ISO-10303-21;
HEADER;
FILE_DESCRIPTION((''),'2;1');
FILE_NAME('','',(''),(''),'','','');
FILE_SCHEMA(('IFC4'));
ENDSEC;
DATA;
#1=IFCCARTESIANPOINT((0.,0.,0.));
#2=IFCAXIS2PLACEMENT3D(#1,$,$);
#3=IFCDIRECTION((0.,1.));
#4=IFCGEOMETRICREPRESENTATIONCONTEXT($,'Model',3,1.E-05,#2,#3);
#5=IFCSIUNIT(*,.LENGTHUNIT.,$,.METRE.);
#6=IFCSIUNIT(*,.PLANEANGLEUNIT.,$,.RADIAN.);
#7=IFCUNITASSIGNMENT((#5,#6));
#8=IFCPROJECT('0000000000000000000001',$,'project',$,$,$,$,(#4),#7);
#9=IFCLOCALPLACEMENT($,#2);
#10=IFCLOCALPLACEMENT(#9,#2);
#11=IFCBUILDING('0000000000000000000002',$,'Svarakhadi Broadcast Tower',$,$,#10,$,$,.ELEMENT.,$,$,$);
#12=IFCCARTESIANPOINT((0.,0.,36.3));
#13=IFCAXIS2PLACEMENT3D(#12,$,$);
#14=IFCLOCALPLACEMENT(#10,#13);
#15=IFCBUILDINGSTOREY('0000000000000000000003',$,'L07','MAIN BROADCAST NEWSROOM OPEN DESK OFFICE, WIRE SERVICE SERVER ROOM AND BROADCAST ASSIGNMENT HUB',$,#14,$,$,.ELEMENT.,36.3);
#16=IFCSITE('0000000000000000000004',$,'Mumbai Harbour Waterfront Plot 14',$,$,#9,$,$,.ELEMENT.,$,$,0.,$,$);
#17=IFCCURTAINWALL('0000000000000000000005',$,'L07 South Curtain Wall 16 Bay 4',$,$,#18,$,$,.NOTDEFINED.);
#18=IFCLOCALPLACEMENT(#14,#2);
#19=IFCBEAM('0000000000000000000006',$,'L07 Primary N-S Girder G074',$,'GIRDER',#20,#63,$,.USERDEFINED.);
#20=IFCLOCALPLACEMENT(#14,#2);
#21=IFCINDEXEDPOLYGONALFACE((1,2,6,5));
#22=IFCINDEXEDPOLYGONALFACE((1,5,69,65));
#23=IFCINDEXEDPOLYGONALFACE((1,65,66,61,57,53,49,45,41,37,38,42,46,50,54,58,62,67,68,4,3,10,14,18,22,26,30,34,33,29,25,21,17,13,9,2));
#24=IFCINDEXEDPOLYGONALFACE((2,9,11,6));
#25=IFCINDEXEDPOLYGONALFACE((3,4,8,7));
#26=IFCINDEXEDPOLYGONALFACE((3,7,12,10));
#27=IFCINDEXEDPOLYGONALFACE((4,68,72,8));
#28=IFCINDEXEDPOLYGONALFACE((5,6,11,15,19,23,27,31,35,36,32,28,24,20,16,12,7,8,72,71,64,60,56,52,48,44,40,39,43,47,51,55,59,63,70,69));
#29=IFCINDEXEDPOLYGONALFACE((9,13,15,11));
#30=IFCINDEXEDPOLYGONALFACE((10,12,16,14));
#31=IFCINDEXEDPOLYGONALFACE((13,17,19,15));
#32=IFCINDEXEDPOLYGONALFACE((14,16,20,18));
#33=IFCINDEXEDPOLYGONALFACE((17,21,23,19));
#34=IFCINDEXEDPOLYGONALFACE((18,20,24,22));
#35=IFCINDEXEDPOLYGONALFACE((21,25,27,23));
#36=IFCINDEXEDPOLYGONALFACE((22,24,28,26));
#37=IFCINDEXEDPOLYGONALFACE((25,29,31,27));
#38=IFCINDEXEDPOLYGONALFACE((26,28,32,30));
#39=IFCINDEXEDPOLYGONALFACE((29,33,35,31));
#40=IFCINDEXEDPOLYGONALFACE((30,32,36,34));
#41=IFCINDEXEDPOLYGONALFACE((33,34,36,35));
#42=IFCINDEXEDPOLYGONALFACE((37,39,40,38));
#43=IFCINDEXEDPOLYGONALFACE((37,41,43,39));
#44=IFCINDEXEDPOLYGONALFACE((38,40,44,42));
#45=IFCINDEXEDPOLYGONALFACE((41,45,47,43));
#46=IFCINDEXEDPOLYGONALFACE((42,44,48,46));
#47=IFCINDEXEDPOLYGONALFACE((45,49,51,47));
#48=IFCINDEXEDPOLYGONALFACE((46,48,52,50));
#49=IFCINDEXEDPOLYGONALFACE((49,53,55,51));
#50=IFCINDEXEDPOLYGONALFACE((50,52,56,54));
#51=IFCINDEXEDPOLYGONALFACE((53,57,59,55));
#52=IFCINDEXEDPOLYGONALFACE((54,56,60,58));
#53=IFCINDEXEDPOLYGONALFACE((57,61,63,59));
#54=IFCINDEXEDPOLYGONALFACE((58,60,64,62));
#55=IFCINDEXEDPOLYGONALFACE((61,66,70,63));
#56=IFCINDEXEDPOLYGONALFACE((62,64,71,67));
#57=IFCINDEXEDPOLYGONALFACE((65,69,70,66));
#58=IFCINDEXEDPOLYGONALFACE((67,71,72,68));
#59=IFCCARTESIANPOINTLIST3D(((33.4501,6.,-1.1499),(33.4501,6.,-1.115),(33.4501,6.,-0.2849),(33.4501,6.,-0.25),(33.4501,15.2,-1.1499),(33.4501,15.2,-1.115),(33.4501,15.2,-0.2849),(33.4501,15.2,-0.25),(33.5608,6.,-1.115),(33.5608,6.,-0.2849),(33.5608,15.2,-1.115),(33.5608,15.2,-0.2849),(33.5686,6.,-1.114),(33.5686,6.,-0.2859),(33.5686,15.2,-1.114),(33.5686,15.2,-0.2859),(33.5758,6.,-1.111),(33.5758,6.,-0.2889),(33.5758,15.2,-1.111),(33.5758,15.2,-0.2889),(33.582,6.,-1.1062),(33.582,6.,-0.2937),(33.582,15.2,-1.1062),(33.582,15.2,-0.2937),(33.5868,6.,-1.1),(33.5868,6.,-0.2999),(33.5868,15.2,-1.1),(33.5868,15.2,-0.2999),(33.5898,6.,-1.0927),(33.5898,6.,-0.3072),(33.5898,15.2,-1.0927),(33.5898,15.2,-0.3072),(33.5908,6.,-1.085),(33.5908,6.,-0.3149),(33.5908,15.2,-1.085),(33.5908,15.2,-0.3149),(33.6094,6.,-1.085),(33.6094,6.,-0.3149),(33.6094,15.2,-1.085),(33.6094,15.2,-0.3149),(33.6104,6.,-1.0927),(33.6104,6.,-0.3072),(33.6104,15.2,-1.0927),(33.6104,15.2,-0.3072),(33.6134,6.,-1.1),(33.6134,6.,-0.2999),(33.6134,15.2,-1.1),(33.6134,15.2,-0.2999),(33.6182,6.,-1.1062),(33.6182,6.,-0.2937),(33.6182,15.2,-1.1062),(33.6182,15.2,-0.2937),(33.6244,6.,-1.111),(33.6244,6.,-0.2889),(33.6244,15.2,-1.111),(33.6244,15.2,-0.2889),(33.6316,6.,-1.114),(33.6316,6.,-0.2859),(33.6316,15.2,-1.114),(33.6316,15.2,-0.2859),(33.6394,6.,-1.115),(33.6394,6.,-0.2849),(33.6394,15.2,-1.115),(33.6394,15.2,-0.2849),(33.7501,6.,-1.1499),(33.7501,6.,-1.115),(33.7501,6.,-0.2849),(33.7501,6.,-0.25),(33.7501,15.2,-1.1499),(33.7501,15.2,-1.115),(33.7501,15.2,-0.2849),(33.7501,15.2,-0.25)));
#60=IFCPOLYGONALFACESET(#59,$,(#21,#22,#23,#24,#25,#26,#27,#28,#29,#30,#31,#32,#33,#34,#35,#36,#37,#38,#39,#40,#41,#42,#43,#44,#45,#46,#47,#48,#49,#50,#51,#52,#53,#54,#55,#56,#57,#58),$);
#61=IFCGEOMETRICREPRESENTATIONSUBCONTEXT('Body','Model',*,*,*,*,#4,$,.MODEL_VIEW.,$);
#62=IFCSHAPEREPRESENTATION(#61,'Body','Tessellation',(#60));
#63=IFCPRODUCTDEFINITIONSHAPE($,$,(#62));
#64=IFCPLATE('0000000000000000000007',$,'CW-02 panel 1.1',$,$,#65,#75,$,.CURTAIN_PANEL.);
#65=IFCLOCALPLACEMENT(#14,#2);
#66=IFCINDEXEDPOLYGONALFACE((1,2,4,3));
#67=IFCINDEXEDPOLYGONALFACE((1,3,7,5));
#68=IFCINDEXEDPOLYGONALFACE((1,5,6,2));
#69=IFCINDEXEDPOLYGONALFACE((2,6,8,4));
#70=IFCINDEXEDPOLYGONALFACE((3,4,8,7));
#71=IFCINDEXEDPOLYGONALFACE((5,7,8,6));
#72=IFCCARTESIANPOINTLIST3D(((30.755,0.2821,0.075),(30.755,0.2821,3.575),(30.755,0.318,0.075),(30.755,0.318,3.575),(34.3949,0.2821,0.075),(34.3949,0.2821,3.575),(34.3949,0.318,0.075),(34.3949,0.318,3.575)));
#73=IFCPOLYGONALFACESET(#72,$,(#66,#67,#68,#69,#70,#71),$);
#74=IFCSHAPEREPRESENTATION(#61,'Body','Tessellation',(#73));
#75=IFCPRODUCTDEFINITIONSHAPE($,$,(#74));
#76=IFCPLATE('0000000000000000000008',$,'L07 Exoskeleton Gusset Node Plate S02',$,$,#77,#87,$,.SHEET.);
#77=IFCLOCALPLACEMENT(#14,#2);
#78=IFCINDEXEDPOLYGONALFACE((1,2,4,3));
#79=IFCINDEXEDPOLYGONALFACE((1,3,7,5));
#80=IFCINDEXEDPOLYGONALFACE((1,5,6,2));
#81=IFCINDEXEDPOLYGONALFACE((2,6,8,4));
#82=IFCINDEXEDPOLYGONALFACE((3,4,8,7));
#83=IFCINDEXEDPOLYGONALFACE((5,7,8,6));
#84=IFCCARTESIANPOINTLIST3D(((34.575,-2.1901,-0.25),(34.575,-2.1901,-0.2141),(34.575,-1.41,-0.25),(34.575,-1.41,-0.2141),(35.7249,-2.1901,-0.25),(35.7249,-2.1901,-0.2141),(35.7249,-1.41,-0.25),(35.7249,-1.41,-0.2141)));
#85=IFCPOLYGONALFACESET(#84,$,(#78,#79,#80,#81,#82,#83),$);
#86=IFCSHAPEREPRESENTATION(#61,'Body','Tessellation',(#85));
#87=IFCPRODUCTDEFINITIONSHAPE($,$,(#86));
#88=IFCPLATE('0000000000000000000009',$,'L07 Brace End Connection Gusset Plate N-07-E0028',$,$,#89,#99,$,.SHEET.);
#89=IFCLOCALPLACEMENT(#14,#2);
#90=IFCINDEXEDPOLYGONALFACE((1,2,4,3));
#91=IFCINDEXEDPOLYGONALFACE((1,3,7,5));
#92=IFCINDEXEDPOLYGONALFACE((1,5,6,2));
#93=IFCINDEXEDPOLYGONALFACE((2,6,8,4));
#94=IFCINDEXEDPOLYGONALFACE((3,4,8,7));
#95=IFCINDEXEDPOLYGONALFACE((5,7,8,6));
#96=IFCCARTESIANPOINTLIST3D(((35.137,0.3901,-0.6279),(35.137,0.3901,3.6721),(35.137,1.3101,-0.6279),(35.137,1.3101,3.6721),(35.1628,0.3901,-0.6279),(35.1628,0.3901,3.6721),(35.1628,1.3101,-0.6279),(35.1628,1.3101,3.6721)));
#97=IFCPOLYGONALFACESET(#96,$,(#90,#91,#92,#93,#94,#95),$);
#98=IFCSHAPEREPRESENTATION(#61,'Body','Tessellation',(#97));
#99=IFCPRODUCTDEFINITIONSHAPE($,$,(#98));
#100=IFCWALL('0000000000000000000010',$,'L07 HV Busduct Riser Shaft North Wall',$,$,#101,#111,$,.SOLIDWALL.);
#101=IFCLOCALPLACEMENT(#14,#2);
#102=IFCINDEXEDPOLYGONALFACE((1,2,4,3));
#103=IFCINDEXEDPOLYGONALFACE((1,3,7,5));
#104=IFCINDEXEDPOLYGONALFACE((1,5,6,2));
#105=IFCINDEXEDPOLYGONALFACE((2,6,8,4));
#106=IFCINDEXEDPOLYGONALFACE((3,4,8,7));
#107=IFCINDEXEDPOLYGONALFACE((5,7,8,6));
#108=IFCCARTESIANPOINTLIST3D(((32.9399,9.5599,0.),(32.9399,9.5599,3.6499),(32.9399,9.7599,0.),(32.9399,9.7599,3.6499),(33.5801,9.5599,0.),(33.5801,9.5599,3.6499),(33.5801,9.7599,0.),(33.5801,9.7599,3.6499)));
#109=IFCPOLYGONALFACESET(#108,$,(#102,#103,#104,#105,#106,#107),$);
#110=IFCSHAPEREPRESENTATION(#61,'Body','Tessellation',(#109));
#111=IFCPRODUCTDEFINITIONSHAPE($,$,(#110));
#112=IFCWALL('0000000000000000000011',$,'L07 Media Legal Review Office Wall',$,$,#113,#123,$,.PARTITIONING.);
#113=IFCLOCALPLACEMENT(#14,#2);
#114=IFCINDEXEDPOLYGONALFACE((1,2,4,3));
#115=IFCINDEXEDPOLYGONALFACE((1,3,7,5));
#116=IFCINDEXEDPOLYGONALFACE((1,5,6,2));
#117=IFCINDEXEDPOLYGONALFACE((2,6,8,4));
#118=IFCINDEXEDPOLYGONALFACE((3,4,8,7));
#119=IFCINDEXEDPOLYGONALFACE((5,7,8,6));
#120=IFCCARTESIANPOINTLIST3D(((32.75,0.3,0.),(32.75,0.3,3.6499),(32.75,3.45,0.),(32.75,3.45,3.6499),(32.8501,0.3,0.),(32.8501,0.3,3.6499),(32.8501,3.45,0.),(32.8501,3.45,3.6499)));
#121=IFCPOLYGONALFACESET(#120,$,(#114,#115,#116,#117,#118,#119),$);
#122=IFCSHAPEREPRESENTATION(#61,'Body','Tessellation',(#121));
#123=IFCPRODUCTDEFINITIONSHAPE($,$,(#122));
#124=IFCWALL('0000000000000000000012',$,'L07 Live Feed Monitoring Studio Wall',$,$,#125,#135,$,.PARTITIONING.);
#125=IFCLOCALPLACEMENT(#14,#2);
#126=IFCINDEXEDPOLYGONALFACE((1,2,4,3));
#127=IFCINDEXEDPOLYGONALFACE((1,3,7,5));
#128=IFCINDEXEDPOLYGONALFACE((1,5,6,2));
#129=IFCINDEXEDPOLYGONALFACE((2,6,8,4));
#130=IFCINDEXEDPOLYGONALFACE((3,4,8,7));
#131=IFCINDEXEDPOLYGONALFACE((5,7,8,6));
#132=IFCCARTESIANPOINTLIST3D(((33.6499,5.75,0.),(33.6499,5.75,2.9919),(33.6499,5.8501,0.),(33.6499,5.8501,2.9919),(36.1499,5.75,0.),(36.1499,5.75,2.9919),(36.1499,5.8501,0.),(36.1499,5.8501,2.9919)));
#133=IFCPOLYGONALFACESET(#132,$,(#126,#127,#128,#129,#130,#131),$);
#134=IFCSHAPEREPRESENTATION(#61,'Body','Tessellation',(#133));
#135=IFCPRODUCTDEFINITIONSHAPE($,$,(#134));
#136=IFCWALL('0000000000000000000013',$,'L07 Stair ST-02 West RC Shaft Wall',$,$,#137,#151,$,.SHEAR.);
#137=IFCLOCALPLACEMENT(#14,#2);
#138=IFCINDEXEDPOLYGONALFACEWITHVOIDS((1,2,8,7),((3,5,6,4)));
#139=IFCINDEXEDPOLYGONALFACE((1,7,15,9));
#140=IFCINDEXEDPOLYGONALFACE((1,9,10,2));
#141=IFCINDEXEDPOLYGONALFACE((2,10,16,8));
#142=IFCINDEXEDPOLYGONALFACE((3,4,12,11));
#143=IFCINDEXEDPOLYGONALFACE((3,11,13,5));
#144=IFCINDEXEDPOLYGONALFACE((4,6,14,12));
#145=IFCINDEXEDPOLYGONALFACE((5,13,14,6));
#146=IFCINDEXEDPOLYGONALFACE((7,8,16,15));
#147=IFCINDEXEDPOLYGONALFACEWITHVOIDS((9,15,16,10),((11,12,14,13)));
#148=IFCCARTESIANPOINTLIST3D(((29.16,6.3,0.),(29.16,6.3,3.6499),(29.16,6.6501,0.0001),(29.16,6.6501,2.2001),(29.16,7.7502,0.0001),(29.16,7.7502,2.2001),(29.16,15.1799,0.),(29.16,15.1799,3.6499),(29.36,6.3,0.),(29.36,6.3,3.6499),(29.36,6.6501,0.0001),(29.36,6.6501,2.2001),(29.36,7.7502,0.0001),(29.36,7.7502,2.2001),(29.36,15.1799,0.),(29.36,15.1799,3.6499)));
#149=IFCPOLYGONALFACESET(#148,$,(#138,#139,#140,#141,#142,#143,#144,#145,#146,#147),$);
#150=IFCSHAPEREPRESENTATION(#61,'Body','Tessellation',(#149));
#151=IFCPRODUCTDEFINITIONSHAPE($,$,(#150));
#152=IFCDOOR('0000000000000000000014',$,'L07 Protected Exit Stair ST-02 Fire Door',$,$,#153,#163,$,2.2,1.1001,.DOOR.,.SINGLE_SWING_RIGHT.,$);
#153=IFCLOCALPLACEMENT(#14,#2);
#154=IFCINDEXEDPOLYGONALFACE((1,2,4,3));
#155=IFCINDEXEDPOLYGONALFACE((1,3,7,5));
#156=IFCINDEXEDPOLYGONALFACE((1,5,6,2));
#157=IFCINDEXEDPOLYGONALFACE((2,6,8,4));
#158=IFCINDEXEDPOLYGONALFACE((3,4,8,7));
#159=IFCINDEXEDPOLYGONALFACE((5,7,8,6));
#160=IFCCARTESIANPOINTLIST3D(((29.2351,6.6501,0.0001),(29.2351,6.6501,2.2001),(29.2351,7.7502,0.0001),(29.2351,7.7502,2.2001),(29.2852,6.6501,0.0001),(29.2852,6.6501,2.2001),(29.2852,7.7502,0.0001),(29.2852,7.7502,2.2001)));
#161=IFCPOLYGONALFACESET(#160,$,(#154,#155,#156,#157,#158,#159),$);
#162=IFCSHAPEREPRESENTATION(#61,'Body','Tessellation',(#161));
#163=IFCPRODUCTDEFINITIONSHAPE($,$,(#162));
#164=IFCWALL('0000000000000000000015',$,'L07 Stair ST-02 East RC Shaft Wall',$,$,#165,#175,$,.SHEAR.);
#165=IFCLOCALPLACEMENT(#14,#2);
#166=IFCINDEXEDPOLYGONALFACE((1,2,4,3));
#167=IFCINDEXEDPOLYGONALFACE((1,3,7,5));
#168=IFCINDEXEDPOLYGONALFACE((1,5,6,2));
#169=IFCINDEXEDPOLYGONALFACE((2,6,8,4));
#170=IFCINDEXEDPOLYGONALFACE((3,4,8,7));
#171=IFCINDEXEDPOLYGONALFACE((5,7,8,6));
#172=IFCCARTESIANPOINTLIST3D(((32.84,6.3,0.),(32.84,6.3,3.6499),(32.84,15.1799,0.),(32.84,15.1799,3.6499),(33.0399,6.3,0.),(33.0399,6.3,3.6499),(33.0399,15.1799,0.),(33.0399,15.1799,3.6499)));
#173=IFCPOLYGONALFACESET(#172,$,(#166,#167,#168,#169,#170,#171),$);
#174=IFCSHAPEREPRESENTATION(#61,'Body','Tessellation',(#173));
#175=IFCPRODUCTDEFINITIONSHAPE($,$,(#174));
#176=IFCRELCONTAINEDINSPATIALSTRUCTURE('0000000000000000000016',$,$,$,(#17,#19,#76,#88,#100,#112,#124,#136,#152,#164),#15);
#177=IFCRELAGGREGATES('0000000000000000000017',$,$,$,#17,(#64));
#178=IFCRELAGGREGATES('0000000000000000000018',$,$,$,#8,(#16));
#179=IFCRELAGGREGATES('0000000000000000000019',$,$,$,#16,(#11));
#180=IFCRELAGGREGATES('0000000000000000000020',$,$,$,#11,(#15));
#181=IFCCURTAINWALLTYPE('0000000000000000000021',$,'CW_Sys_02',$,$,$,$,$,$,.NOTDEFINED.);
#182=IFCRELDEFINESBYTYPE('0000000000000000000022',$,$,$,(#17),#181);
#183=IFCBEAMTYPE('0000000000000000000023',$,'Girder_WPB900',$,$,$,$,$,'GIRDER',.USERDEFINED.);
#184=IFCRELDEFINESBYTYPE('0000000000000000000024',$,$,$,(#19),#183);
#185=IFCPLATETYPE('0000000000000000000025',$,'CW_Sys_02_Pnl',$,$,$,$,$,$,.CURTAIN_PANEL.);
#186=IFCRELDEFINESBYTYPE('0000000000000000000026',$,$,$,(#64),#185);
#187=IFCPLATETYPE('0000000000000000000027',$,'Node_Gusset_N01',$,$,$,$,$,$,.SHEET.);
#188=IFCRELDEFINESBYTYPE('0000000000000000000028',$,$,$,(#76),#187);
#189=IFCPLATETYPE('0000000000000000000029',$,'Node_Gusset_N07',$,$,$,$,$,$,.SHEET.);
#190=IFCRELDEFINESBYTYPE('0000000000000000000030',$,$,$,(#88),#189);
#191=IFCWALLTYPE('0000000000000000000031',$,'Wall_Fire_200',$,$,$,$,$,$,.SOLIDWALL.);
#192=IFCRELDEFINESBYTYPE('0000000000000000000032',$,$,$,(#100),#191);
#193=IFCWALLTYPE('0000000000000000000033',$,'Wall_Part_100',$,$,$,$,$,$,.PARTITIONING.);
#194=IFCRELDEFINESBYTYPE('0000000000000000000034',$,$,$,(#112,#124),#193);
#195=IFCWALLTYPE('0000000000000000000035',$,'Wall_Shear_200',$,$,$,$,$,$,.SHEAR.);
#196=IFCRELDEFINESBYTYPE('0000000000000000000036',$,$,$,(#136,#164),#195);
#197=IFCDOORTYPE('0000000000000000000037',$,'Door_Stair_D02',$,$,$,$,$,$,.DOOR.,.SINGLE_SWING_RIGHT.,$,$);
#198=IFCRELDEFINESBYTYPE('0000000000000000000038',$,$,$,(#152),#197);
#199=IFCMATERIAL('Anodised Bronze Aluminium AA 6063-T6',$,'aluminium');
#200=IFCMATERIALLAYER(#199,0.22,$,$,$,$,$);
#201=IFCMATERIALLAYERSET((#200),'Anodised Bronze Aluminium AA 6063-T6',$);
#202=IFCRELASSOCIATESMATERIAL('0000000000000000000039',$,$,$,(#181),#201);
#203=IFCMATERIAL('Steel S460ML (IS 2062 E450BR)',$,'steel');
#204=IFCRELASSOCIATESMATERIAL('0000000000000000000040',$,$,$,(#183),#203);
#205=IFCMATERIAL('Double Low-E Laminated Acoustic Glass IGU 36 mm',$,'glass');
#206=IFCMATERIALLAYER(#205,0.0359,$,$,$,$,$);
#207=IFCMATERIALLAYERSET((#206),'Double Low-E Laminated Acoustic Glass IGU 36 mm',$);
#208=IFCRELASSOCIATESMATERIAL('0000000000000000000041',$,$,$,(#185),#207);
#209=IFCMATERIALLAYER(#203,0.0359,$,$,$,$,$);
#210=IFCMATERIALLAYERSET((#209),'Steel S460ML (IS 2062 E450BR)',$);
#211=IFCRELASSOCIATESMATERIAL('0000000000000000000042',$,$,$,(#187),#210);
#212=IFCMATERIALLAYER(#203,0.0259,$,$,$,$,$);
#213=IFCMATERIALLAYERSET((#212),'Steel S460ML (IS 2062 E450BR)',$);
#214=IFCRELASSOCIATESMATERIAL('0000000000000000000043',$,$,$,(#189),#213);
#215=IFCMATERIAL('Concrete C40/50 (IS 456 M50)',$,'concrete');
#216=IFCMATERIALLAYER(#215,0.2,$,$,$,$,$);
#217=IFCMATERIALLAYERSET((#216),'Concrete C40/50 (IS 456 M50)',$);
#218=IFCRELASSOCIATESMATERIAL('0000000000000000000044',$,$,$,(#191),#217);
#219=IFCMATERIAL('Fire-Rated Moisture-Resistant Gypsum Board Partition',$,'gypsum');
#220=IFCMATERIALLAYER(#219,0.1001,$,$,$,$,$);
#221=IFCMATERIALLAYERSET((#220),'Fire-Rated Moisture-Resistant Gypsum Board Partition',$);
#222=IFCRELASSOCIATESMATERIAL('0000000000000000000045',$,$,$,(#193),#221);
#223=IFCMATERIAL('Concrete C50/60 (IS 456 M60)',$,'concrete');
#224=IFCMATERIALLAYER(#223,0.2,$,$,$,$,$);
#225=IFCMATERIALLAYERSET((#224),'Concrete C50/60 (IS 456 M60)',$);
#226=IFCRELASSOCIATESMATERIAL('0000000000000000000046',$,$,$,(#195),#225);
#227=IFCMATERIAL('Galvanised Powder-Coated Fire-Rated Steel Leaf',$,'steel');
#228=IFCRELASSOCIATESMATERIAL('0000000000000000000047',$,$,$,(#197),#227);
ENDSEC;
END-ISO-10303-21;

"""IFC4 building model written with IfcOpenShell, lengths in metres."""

from ifc_helpers import new_model, si_unit, direction, frame, frame_2d, origin, origin_2d, place, context, subcontext, project, spatial, rectangle, i_section, extrude, material, layer, layer_set, material_profile, profile_set, type_object, element, fill, aggregate, save


model = new_model("IFC4")

# Units and contexts
model_context = context("Model", 3, precision=1e-05, world=origin(), true_north=direction((0.0, 1.0)))
body_context = subcontext(model_context, "Body", "Model", "MODEL_VIEW")
ifc_project = project(units=[si_unit("LENGTHUNIT", "METRE"), si_unit("PLANEANGLEUNIT", "RADIAN")], contexts=[model_context])

# Site, building, storey
site_placement = place(None, origin())
site = spatial("IfcSite", under=ifc_project, at=site_placement, Name="Mumbai Harbour Waterfront Plot 14", CompositionType="ELEMENT", RefElevation=0.0)
building_placement = place(site_placement, origin())
building = spatial("IfcBuilding", under=site, at=building_placement, Name="Svarakhadi Broadcast Tower", CompositionType="ELEMENT")
storey_placement = place(building_placement, frame((0.0, 0.0, 36.3)))
storey = spatial("IfcBuildingStorey", under=building, at=storey_placement, Name="L07", Description="MAIN BROADCAST NEWSROOM OPEN DESK OFFICE, WIRE SERVICE SERVER ROOM AND BROADCAST ASSIGNMENT HUB", CompositionType="ELEMENT", Elevation=36.3)

# Curtain wall
ifc_material_1 = material(Name="Anodised Bronze Aluminium AA 6063-T6", Category="aluminium")
ifc_layer_1 = layer(ifc_material_1, 0.22)
ifc_layer_set_1 = layer_set([ifc_layer_1], Name="Anodised Bronze Aluminium AA 6063-T6")
curtain_wall_type = type_object("IfcCurtainWallType", Name="CW_Sys_02", PredefinedType="NOTDEFINED", material=ifc_layer_set_1)
curtain_wall_1_placement = place(storey_placement, origin())
curtain_wall_1 = element("IfcCurtainWall", 1, at=curtain_wall_1_placement, inside=storey, type_object=curtain_wall_type, Name="L07 South Curtain Wall 16 Bay 4", PredefinedType="NOTDEFINED")

# Shared definitions
ifc_material_2 = material(Name="Concrete C50/60 (IS 456 M60)", Category="concrete")

# Shared definitions
ifc_material_3 = material(Name="Steel S460ML (IS 2062 E450BR)", Category="steel")

# Beam
ifc_material_profile_1 = material_profile(ifc_material_3, i_section(OverallWidth=0.3, OverallDepth=0.8999, WebThickness=0.0186, FlangeThickness=0.0349, FilletRadius=0.03, at=origin_2d()), Name="WPB 900x300x291")
ifc_profile_set_1 = profile_set([ifc_material_profile_1], Name="Steel S460ML (IS 2062 E450BR)")
beam_type_1 = type_object("IfcBeamType", Name="Girder_WPB900", ElementType="GIRDER", PredefinedType="USERDEFINED", material=ifc_profile_set_1)
beam_1_placement = place(storey_placement, frame((33.6001, 6.0, -0.7), z_axis=(0.0, 1.0, 0.0), x_axis=(-1.0, 0.0, 0.0)))
element("IfcBeam", 2, at=beam_1_placement, inside=storey, type_object=beam_type_1, Name="L07 Primary N-S Girder G074", ObjectType="GIRDER", PredefinedType="USERDEFINED", context=body_context, shape_type="SweptSolid", body=[
    extrude(i_section(OverallWidth=0.3, OverallDepth=0.8999, WebThickness=0.0186, FlangeThickness=0.0349, FilletRadius=0.03, at=origin_2d()), origin(), (0.0, 0.0, 1.0), 9.2),
])

# Plate
ifc_material_4 = material(Name="Double Low-E Laminated Acoustic Glass IGU 36 mm", Category="glass")
ifc_layer_2 = layer(ifc_material_4, 0.0359)
ifc_layer_set_2 = layer_set([ifc_layer_2], Name="Double Low-E Laminated Acoustic Glass IGU 36 mm")
plate_type_1 = type_object("IfcPlateType", Name="CW_Sys_02_Pnl", PredefinedType="CURTAIN_PANEL", material=ifc_layer_set_2)
plate_1_placement = place(storey_placement, frame((32.575, 0.3, 0.075), z_axis=(0.0, 0.0, 1.0), x_axis=(-1.0, 0.0, 0.0)))
plate_1 = element("IfcPlate", 3, at=plate_1_placement, type_object=plate_type_1, Name="CW-02 panel 1.1", PredefinedType="CURTAIN_PANEL", context=body_context, shape_type="SweptSolid", body=[
    extrude(rectangle(XDim=3.6399, YDim=0.0359, at=origin_2d()), origin(), (0.0, 0.0, 1.0), 3.5),
])
aggregate(curtain_wall_1, [plate_1])

# Plates
ifc_layer_3 = layer(ifc_material_3, 0.0359)
ifc_layer_set_3 = layer_set([ifc_layer_3], Name="Steel S460ML (IS 2062 E450BR)")
plate_type_2 = type_object("IfcPlateType", Name="Node_Gusset_N01", PredefinedType="SHEET", material=ifc_layer_set_3)
plate_2_placement = place(storey_placement, frame((35.1499, -1.8, -0.25), z_axis=(0.0, 0.0, 1.0), x_axis=(1.0, 0.0, 0.0)))
element("IfcPlate", 4, at=plate_2_placement, inside=storey, type_object=plate_type_2, Name="L07 Exoskeleton Gusset Node Plate S02", PredefinedType="SHEET", context=body_context, shape_type="SweptSolid", body=[
    extrude(rectangle(XDim=1.1499, YDim=0.78, at=origin_2d()), origin(), (0.0, 0.0, 1.0), 0.0359),
])
ifc_layer_4 = layer(ifc_material_3, 0.0259)
ifc_layer_set_4 = layer_set([ifc_layer_4], Name="Steel S460ML (IS 2062 E450BR)")
plate_type_3 = type_object("IfcPlateType", Name="Node_Gusset_N07", PredefinedType="SHEET", material=ifc_layer_set_4)
plate_3_placement = place(storey_placement, frame((35.1499, 0.8501, -0.6279), z_axis=(0.0, 0.0, 1.0), x_axis=(0.0, 1.0, 0.0)))
element("IfcPlate", 5, at=plate_3_placement, inside=storey, type_object=plate_type_3, Name="L07 Brace End Connection Gusset Plate N-07-E0028", PredefinedType="SHEET", context=body_context, shape_type="SweptSolid", body=[
    extrude(rectangle(XDim=0.9199, YDim=0.0259, at=origin_2d()), origin(), (0.0, 0.0, 1.0), 4.3),
])

# Walls
ifc_material_5 = material(Name="Concrete C40/50 (IS 456 M50)", Category="concrete")
ifc_layer_5 = layer(ifc_material_5, 0.2)
ifc_layer_set_5 = layer_set([ifc_layer_5], Name="Concrete C40/50 (IS 456 M50)")
wall_type_1 = type_object("IfcWallType", Name="Wall_Fire_200", PredefinedType="SOLIDWALL", material=ifc_layer_set_5)
wall_1_placement = place(storey_placement, frame((32.9399, 9.6599, 0.0), z_axis=(0.0, 0.0, 1.0), x_axis=(1.0, 0.0, 0.0)))
element("IfcWall", 6, at=wall_1_placement, inside=storey, type_object=wall_type_1, Name="L07 HV Busduct Riser Shaft North Wall", PredefinedType="SOLIDWALL", context=body_context, shape_type="SweptSolid", body=[
    extrude(rectangle(XDim=0.6401, YDim=0.2, at=frame_2d((0.3201, 0.0))), origin(), (0.0, 0.0, 1.0), 3.6499),
])
ifc_material_6 = material(Name="Fire-Rated Moisture-Resistant Gypsum Board Partition", Category="gypsum")
ifc_layer_6 = layer(ifc_material_6, 0.1001)
ifc_layer_set_6 = layer_set([ifc_layer_6], Name="Fire-Rated Moisture-Resistant Gypsum Board Partition")
wall_type_2 = type_object("IfcWallType", Name="Wall_Part_100", PredefinedType="PARTITIONING", material=ifc_layer_set_6)
wall_2_placement = place(storey_placement, frame((32.8, 0.3, 0.0), z_axis=(0.0, 0.0, 1.0), x_axis=(0.0, 1.0, 0.0)))
element("IfcWall", 7, at=wall_2_placement, inside=storey, type_object=wall_type_2, Name="L07 Media Legal Review Office Wall", PredefinedType="PARTITIONING", context=body_context, shape_type="SweptSolid", body=[
    extrude(rectangle(XDim=3.1499, YDim=0.1001, at=frame_2d((1.575, 0.0))), origin(), (0.0, 0.0, 1.0), 3.6499),
])
wall_3_placement = place(storey_placement, frame((33.6499, 5.8, 0.0), z_axis=(0.0, 0.0, 1.0), x_axis=(1.0, 0.0, 0.0)))
element("IfcWall", 8, at=wall_3_placement, inside=storey, type_object=wall_type_2, Name="L07 Live Feed Monitoring Studio Wall", PredefinedType="PARTITIONING", context=body_context, shape_type="SweptSolid", body=[
    extrude(rectangle(XDim=2.5, YDim=0.1001, at=frame_2d((1.25, 0.0))), origin(), (0.0, 0.0, 1.0), 2.9919),
])

# Wall, opening, door
ifc_layer_7 = layer(ifc_material_2, 0.2)
ifc_layer_set_7 = layer_set([ifc_layer_7], Name="Concrete C50/60 (IS 456 M60)")
wall_type_3 = type_object("IfcWallType", Name="Wall_Shear_200", PredefinedType="SHEAR", material=ifc_layer_set_7)
wall_4_placement = place(storey_placement, frame((29.26, 6.3, 0.0), z_axis=(0.0, 0.0, 1.0), x_axis=(0.0, 1.0, 0.0)))
wall_4 = element("IfcWall", 9, at=wall_4_placement, inside=storey, type_object=wall_type_3, Name="L07 Stair ST-02 West RC Shaft Wall", PredefinedType="SHEAR", context=body_context, shape_type="SweptSolid", body=[
    extrude(rectangle(XDim=8.8799, YDim=0.2, at=frame_2d((4.4399, 0.0))), origin(), (0.0, 0.0, 1.0), 3.6499),
])
opening_1_placement = place(wall_4_placement, frame((0.3501, 0.0, 0.0)))
opening_1 = element("IfcOpeningElement", 10, at=opening_1_placement, cuts=wall_4, PredefinedType="OPENING", context=body_context, shape_type="SweptSolid", body=[
    extrude(rectangle(XDim=1.1001, YDim=2.2, at=frame_2d((0.55, 1.1001))), frame((0.0, 0.1099, 0.0), z_axis=(0.0, -1.0, 0.0), x_axis=(1.0, 0.0, 0.0)), (0.0, 0.0, 1.0), 0.22),
])
ifc_material_7 = material(Name="Galvanised Powder-Coated Fire-Rated Steel Leaf", Category="steel")
door_type_1 = type_object("IfcDoorType", Name="Door_Stair_D02", OperationType="SINGLE_SWING_RIGHT", PredefinedType="DOOR", material=ifc_material_7)
door_1_placement = place(opening_1_placement, origin())
door_1 = element("IfcDoor", 11, at=door_1_placement, inside=storey, type_object=door_type_1, Name="L07 Protected Exit Stair ST-02 Fire Door", OperationType="SINGLE_SWING_RIGHT", OverallHeight=2.2, OverallWidth=1.1001, PredefinedType="DOOR", context=body_context, shape_type="SweptSolid", body=[
    extrude(rectangle(XDim=1.1001, YDim=2.2, at=frame_2d((0.55, 1.1001))), frame((0.0, 0.0249, 0.0), z_axis=(0.0, -1.0, 0.0), x_axis=(1.0, 0.0, 0.0)), (0.0, 0.0, 1.0), 0.05),
])
fill(opening_1, door_1)

# Wall
wall_5_placement = place(storey_placement, frame((32.9399, 6.3, 0.0), z_axis=(0.0, 0.0, 1.0), x_axis=(0.0, 1.0, 0.0)))
element("IfcWall", 12, at=wall_5_placement, inside=storey, type_object=wall_type_3, Name="L07 Stair ST-02 East RC Shaft Wall", PredefinedType="SHEAR", context=body_context, shape_type="SweptSolid", body=[
    extrude(rectangle(XDim=8.8799, YDim=0.2, at=frame_2d((4.4399, 0.0))), origin(), (0.0, 0.0, 1.0), 3.6499),
])

save(model, "model.ifc")
